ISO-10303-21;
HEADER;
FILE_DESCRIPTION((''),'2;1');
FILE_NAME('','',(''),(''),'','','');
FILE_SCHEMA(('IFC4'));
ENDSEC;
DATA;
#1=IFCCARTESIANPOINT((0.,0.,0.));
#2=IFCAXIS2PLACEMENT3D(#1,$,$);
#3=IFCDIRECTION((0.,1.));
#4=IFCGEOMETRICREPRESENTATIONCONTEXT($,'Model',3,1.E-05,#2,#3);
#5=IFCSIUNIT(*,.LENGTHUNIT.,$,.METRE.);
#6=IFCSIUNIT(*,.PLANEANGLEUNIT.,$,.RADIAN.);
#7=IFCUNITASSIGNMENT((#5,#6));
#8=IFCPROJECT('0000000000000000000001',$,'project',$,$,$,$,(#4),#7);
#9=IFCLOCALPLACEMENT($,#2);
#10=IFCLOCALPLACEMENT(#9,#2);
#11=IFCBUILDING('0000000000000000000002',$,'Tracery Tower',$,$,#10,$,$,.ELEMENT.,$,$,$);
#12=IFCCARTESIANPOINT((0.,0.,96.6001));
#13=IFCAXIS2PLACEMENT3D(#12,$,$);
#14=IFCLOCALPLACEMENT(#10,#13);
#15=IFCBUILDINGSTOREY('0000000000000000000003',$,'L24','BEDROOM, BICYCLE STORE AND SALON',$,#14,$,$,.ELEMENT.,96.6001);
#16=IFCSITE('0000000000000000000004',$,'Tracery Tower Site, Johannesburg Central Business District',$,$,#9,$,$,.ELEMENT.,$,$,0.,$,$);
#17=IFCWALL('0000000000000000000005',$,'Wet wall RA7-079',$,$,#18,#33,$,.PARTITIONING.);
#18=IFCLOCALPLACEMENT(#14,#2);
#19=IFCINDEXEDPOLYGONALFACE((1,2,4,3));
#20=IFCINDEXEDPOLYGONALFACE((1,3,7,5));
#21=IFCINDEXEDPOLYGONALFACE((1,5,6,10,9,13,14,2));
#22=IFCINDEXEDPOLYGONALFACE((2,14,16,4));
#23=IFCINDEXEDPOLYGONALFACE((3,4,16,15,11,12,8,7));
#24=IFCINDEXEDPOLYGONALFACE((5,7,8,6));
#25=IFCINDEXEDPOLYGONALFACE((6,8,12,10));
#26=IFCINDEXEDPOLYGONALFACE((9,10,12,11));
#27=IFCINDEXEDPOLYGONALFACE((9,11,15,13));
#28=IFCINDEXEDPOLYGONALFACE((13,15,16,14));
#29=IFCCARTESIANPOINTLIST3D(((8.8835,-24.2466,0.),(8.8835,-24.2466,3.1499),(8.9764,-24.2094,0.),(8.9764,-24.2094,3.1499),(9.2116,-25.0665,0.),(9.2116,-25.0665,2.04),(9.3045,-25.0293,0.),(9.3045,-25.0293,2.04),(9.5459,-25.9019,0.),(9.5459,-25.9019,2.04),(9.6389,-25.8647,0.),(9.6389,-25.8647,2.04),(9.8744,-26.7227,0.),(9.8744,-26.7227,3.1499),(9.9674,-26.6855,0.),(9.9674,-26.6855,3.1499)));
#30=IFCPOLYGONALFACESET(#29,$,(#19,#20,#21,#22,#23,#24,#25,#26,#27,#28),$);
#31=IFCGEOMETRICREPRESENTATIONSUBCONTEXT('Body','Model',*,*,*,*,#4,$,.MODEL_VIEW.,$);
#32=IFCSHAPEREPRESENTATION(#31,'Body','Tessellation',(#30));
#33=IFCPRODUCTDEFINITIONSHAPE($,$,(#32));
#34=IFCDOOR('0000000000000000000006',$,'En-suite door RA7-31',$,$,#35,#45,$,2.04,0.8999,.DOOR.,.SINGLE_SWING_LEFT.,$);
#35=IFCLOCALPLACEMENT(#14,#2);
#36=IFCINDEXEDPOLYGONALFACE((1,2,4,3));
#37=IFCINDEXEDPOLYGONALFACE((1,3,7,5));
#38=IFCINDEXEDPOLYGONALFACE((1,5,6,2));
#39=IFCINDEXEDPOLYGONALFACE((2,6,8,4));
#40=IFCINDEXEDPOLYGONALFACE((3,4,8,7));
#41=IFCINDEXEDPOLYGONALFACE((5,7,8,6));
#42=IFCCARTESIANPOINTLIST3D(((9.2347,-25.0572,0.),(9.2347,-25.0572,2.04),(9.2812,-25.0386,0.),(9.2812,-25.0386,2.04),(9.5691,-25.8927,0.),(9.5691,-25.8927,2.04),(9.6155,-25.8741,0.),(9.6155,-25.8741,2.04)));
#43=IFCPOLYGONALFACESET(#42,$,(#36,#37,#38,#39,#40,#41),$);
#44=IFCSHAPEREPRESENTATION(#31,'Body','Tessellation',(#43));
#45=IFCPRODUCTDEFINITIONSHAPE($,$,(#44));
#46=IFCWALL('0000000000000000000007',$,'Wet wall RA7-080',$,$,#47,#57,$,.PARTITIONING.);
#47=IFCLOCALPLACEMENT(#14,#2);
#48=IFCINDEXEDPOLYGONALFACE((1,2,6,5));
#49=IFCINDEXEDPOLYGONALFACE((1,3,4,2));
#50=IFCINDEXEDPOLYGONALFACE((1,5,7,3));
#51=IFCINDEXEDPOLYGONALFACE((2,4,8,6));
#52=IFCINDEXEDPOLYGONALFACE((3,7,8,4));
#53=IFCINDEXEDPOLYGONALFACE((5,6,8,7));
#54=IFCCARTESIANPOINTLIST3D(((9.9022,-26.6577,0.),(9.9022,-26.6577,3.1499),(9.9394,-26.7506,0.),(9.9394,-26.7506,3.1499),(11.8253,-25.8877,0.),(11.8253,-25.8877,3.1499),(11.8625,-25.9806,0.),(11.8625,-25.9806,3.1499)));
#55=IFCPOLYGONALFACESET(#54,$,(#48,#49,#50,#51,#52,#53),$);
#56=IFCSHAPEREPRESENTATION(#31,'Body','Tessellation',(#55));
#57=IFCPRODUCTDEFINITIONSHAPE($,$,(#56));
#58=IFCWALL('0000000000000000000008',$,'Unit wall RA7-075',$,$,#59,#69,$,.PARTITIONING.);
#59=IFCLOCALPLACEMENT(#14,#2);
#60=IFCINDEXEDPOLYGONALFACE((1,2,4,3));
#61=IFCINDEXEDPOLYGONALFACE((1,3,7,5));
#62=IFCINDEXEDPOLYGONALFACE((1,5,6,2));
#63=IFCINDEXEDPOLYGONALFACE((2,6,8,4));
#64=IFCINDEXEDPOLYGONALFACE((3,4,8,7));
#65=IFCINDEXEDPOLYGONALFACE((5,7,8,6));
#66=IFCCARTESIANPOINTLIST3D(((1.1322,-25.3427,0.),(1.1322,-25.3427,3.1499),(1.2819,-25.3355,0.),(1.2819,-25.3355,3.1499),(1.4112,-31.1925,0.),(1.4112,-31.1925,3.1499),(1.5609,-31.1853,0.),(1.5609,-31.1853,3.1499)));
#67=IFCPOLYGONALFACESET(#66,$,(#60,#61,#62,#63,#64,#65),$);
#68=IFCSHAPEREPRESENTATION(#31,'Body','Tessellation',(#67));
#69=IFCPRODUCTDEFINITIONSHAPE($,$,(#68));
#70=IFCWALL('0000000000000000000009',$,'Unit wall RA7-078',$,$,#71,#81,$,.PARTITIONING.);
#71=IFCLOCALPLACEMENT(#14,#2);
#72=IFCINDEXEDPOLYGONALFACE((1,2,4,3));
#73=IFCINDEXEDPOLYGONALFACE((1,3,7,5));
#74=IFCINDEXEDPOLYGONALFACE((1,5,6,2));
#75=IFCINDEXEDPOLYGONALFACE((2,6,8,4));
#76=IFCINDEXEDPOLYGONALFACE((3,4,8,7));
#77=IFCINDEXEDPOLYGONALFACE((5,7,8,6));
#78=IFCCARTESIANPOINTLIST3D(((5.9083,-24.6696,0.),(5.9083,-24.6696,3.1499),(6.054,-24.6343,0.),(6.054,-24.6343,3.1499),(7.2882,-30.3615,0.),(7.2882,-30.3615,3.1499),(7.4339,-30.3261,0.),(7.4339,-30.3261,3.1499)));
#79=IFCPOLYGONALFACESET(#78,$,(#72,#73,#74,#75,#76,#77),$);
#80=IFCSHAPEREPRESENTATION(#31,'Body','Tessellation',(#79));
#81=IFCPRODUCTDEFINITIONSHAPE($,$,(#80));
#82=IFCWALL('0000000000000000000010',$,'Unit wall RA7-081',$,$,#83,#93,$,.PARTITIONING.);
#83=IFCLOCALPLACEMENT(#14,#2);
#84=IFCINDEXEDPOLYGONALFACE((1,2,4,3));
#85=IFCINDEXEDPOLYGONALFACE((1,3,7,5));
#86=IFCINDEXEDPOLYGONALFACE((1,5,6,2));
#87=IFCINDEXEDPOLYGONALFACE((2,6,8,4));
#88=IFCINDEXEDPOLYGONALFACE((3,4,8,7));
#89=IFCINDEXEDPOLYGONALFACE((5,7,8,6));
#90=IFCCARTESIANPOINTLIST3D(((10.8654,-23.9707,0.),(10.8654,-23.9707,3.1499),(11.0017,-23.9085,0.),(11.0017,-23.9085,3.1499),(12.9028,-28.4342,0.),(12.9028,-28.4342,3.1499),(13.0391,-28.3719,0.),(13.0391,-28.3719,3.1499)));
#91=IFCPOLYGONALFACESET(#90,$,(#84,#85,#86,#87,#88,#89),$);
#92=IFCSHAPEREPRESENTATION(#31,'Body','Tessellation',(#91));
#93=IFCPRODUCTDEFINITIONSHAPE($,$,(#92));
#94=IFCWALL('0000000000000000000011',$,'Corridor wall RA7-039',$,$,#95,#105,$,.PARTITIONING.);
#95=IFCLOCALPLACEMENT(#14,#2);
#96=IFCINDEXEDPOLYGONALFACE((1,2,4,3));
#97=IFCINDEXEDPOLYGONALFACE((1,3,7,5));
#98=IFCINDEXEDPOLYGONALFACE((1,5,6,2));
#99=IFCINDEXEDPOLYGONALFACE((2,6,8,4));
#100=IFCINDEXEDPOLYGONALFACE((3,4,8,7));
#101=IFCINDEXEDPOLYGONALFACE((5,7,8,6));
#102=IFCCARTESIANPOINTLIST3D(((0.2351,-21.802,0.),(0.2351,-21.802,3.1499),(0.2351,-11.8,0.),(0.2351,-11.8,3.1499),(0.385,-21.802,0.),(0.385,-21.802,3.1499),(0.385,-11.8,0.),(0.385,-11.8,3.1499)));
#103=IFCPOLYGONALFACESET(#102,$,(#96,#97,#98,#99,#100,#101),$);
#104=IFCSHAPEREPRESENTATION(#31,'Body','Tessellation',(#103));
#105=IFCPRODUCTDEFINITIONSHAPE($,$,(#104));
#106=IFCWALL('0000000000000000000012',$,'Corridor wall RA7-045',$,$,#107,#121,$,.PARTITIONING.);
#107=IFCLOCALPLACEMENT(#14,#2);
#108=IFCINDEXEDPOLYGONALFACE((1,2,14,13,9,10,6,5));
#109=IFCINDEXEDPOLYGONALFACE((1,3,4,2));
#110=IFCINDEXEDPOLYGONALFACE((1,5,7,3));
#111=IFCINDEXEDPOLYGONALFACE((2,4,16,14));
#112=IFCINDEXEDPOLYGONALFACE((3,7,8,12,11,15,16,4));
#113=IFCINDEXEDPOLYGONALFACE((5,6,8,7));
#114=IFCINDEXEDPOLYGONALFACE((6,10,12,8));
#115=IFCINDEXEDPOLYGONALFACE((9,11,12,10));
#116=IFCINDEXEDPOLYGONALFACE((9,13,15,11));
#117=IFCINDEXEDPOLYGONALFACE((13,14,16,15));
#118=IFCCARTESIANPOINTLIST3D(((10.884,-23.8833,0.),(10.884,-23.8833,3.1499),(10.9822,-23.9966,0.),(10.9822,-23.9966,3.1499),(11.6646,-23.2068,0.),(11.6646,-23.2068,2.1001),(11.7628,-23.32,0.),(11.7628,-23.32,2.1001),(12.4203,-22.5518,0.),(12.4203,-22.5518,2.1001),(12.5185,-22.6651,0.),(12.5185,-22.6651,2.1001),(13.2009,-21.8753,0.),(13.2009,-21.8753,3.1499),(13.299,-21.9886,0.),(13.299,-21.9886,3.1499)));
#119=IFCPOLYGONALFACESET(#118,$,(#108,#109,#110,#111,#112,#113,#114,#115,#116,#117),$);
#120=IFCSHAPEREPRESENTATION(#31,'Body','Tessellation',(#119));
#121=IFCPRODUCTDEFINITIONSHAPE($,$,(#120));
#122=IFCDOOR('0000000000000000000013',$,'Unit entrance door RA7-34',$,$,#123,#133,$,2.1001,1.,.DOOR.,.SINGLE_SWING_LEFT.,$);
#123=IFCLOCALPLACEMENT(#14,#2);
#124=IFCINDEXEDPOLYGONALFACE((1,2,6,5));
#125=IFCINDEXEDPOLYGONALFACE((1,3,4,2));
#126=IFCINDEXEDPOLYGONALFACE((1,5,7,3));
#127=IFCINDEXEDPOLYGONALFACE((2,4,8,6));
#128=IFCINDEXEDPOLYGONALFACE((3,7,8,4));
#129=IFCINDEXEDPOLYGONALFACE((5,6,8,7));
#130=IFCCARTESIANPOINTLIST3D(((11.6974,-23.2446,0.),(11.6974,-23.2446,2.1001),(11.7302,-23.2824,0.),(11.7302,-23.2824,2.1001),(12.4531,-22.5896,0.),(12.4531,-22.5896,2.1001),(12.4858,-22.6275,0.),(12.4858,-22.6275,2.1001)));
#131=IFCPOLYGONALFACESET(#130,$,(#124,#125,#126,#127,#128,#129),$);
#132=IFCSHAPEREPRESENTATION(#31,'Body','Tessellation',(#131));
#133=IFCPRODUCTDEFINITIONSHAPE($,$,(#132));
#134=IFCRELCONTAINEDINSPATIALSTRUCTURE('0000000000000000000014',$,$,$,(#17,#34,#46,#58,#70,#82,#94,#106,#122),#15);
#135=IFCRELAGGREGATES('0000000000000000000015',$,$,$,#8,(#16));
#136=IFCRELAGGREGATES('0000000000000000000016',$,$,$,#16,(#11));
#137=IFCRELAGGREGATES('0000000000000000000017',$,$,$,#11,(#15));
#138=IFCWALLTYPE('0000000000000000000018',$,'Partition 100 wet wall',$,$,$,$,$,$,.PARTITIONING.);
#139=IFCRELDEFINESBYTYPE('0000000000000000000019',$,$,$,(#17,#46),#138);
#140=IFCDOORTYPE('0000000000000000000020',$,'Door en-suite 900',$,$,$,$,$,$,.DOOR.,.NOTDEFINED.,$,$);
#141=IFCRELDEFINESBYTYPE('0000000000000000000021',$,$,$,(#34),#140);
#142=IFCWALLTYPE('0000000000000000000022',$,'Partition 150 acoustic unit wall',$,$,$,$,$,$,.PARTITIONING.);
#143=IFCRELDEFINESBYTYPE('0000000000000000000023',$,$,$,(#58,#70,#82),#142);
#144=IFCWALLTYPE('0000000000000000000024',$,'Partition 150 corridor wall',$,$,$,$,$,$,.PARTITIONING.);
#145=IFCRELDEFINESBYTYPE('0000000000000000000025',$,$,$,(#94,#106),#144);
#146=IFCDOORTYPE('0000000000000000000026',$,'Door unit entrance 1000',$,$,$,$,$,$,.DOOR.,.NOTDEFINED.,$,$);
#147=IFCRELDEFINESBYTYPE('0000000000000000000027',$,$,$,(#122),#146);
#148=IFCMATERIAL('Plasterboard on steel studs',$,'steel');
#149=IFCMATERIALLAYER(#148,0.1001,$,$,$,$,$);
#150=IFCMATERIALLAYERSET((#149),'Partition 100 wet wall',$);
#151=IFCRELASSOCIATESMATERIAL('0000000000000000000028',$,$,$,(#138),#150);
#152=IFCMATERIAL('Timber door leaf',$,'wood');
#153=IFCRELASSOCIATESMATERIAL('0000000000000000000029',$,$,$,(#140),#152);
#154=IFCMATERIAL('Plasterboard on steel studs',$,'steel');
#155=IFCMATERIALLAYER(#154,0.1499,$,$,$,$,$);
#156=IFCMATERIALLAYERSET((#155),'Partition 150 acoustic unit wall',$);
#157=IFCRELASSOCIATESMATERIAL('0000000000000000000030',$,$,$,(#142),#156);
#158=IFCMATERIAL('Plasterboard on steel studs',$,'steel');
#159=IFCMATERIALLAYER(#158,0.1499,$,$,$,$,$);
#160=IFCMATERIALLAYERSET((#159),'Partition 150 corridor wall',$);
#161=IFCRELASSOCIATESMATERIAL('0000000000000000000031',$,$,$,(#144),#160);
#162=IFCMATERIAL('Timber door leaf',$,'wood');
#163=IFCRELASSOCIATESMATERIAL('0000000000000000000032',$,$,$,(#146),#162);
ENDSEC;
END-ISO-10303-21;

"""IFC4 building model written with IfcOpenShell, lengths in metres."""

from ifc_helpers import new_model, si_unit, direction, frame, frame_2d, origin, place, context, subcontext, project, spatial, rectangle, extrude, material, layer, layer_set, type_object, element, fill, save


model = new_model("IFC4")

# Units and contexts
model_context = context("Model", 3, precision=1e-05, world=origin(), true_north=direction((0.0, 1.0)))
body_context = subcontext(model_context, "Body", "Model", "MODEL_VIEW")
ifc_project = project(units=[si_unit("LENGTHUNIT", "METRE"), si_unit("PLANEANGLEUNIT", "RADIAN")], contexts=[model_context])

# Site, building, storey
site_placement = place(None, origin())
site = spatial("IfcSite", under=ifc_project, at=site_placement, Name="Tracery Tower Site, Johannesburg Central Business District", CompositionType="ELEMENT", RefElevation=0.0)
building_placement = place(site_placement, origin())
building = spatial("IfcBuilding", under=site, at=building_placement, Name="Tracery Tower", CompositionType="ELEMENT")
storey_placement = place(building_placement, frame((0.0, 0.0, 96.6001)))
storey = spatial("IfcBuildingStorey", under=building, at=storey_placement, Name="L24", Description="BEDROOM, BICYCLE STORE AND SALON", CompositionType="ELEMENT", Elevation=96.6001)

# Shared definitions
ifc_material_1 = material(Name="Plasterboard on steel studs", Category="steel")
ifc_layer_1 = layer(ifc_material_1, 0.1001)
ifc_layer_set_1 = layer_set([ifc_layer_1], Name="Partition 100 wet wall")
wall_type_1 = type_object("IfcWallType", Name="Partition 100 wet wall", PredefinedType="PARTITIONING", material=ifc_layer_set_1)
ifc_material_2 = material(Name="Timber door leaf", Category="wood")
door_type_1 = type_object("IfcDoorType", Name="Door en-suite 900", OperationType="NOTDEFINED", PredefinedType="DOOR", material=ifc_material_2)

# Wall, opening, door
wall_1_placement = place(storey_placement, frame((8.9299, -24.228, 0.0), z_axis=(0.0, 0.0, 1.0), x_axis=(0.371564, -0.928407, 0.0)))
wall_1 = element("IfcWall", 1, at=wall_1_placement, inside=storey, type_object=wall_type_1, Name="Wet wall RA7-079", PredefinedType="PARTITIONING", context=body_context, shape_type="SweptSolid", body=[
    extrude(rectangle(XDim=2.667, YDim=0.1001, at=frame_2d((1.3335, 0.0))), origin(), (0.0, 0.0, 1.0), 3.1499),
])
opening_1_placement = place(wall_1_placement, frame((0.8831, 0.0, 0.0)))
opening_1 = element("IfcOpeningElement", 2, at=opening_1_placement, cuts=wall_1, PredefinedType="OPENING", context=body_context, shape_type="SweptSolid", body=[
    extrude(rectangle(XDim=0.8999, YDim=2.04, at=frame_2d((0.45, 1.02))), frame((0.0, 0.05, 0.0), z_axis=(0.0, -1.0, 0.0), x_axis=(1.0, 0.0, 0.0)), (0.0, 0.0, 1.0), 0.1001),
])
door_1_placement = place(opening_1_placement, origin())
door_1 = element("IfcDoor", 3, at=door_1_placement, inside=storey, type_object=door_type_1, Name="En-suite door RA7-31", OperationType="SINGLE_SWING_LEFT", OverallHeight=2.04, OverallWidth=0.8999, PredefinedType="DOOR", context=body_context, shape_type="SweptSolid", body=[
    extrude(rectangle(XDim=0.8999, YDim=2.04, at=frame_2d((0.45, 1.02))), frame((0.0, 0.0249, 0.0), z_axis=(0.0, -1.0, 0.0), x_axis=(1.0, 0.0, 0.0)), (0.0, 0.0, 1.0), 0.05),
])
fill(opening_1, door_1)

# Walls
wall_2_placement = place(storey_placement, frame((9.9209, -26.7041, 0.0), z_axis=(0.0, 0.0, 1.0), x_axis=(0.928347, 0.371716, 0.0)))
element("IfcWall", 4, at=wall_2_placement, inside=storey, type_object=wall_type_1, Name="Wet wall RA7-080", PredefinedType="PARTITIONING", context=body_context, shape_type="SweptSolid", body=[
    extrude(rectangle(XDim=2.0715, YDim=0.1001, at=frame_2d((1.0356, 0.0))), origin(), (0.0, 0.0, 1.0), 3.1499),
])
ifc_material_3 = material(Name="Plasterboard on steel studs", Category="steel")
ifc_layer_2 = layer(ifc_material_3, 0.1499)
ifc_layer_set_2 = layer_set([ifc_layer_2], Name="Partition 150 acoustic unit wall")
wall_type_2 = type_object("IfcWallType", Name="Partition 150 acoustic unit wall", PredefinedType="PARTITIONING", material=ifc_layer_set_2)
wall_3_placement = place(storey_placement, frame((1.207, -25.3391, 0.0), z_axis=(0.0, 0.0, 1.0), x_axis=(0.047648, -0.998864, 0.0)))
element("IfcWall", 5, at=wall_3_placement, inside=storey, type_object=wall_type_2, Name="Unit wall RA7-075", PredefinedType="PARTITIONING", context=body_context, shape_type="SweptSolid", body=[
    extrude(rectangle(XDim=5.8564, YDim=0.1499, at=frame_2d((2.9282, 0.0))), origin(), (0.0, 0.0, 1.0), 3.1499),
])
wall_4_placement = place(storey_placement, frame((5.9812, -24.6521, 0.0), z_axis=(0.0, 0.0, 1.0), x_axis=(0.235605, -0.971849, 0.0)))
element("IfcWall", 6, at=wall_4_placement, inside=storey, type_object=wall_type_2, Name="Unit wall RA7-078", PredefinedType="PARTITIONING", context=body_context, shape_type="SweptSolid", body=[
    extrude(rectangle(XDim=5.8567, YDim=0.1499, at=frame_2d((2.9282, 0.0))), origin(), (0.0, 0.0, 1.0), 3.1499),
])
wall_5_placement = place(storey_placement, frame((10.9336, -23.9397, 0.0), z_axis=(0.0, 0.0, 1.0), x_axis=(0.415246, -0.909709, 0.0)))
element("IfcWall", 7, at=wall_5_placement, inside=storey, type_object=wall_type_2, Name="Unit wall RA7-081", PredefinedType="PARTITIONING", context=body_context, shape_type="SweptSolid", body=[
    extrude(rectangle(XDim=4.9065, YDim=0.1499, at=frame_2d((2.4531, 0.0))), origin(), (0.0, 0.0, 1.0), 3.1499),
])
ifc_material_4 = material(Name="Plasterboard on steel studs", Category="steel")
ifc_layer_3 = layer(ifc_material_4, 0.1499)
ifc_layer_set_3 = layer_set([ifc_layer_3], Name="Partition 150 corridor wall")
wall_type_3 = type_object("IfcWallType", Name="Partition 150 corridor wall", PredefinedType="PARTITIONING", material=ifc_layer_set_3)
wall_6_placement = place(storey_placement, frame((0.3101, -21.802, 0.0), z_axis=(0.0, 0.0, 1.0), x_axis=(0.0, 1.0, 0.0)))
element("IfcWall", 8, at=wall_6_placement, inside=storey, type_object=wall_type_3, Name="Corridor wall RA7-039", PredefinedType="PARTITIONING", context=body_context, shape_type="SweptSolid", body=[
    extrude(rectangle(XDim=10.002, YDim=0.1499, at=frame_2d((5.001, 0.0))), origin(), (0.0, 0.0, 1.0), 3.1499),
])

# Wall, opening, door
wall_7_placement = place(storey_placement, frame((10.9331, -23.9399, 0.0), z_axis=(0.0, 0.0, 1.0), x_axis=(0.755676, 0.654946, 0.0)))
wall_7 = element("IfcWall", 9, at=wall_7_placement, inside=storey, type_object=wall_type_3, Name="Corridor wall RA7-045", PredefinedType="PARTITIONING", context=body_context, shape_type="SweptSolid", body=[
    extrude(rectangle(XDim=3.0659, YDim=0.1499, at=frame_2d((1.533, 0.0))), origin(), (0.0, 0.0, 1.0), 3.1499),
])
opening_2_placement = place(wall_7_placement, frame((1.033, 0.0, 0.0)))
opening_2 = element("IfcOpeningElement", 10, at=opening_2_placement, cuts=wall_7, PredefinedType="OPENING", context=body_context, shape_type="SweptSolid", body=[
    extrude(rectangle(XDim=1.0, YDim=2.1001, at=frame_2d((0.5, 1.05))), frame((0.0, 0.075, 0.0), z_axis=(0.0, -1.0, 0.0), x_axis=(1.0, 0.0, 0.0)), (0.0, 0.0, 1.0), 0.1499),
])
ifc_material_5 = material(Name="Timber door leaf", Category="wood")
door_type_2 = type_object("IfcDoorType", Name="Door unit entrance 1000", OperationType="NOTDEFINED", PredefinedType="DOOR", material=ifc_material_5)
door_2_placement = place(opening_2_placement, origin())
door_2 = element("IfcDoor", 11, at=door_2_placement, inside=storey, type_object=door_type_2, Name="Unit entrance door RA7-34", OperationType="SINGLE_SWING_LEFT", OverallHeight=2.1001, OverallWidth=1.0, PredefinedType="DOOR", context=body_context, shape_type="SweptSolid", body=[
    extrude(rectangle(XDim=1.0, YDim=2.1001, at=frame_2d((0.5, 1.05))), frame((0.0, 0.0249, 0.0), z_axis=(0.0, -1.0, 0.0), x_axis=(1.0, 0.0, 0.0)), (0.0, 0.0, 1.0), 0.05),
])
fill(opening_2, door_2)

save(model, "model.ifc")
